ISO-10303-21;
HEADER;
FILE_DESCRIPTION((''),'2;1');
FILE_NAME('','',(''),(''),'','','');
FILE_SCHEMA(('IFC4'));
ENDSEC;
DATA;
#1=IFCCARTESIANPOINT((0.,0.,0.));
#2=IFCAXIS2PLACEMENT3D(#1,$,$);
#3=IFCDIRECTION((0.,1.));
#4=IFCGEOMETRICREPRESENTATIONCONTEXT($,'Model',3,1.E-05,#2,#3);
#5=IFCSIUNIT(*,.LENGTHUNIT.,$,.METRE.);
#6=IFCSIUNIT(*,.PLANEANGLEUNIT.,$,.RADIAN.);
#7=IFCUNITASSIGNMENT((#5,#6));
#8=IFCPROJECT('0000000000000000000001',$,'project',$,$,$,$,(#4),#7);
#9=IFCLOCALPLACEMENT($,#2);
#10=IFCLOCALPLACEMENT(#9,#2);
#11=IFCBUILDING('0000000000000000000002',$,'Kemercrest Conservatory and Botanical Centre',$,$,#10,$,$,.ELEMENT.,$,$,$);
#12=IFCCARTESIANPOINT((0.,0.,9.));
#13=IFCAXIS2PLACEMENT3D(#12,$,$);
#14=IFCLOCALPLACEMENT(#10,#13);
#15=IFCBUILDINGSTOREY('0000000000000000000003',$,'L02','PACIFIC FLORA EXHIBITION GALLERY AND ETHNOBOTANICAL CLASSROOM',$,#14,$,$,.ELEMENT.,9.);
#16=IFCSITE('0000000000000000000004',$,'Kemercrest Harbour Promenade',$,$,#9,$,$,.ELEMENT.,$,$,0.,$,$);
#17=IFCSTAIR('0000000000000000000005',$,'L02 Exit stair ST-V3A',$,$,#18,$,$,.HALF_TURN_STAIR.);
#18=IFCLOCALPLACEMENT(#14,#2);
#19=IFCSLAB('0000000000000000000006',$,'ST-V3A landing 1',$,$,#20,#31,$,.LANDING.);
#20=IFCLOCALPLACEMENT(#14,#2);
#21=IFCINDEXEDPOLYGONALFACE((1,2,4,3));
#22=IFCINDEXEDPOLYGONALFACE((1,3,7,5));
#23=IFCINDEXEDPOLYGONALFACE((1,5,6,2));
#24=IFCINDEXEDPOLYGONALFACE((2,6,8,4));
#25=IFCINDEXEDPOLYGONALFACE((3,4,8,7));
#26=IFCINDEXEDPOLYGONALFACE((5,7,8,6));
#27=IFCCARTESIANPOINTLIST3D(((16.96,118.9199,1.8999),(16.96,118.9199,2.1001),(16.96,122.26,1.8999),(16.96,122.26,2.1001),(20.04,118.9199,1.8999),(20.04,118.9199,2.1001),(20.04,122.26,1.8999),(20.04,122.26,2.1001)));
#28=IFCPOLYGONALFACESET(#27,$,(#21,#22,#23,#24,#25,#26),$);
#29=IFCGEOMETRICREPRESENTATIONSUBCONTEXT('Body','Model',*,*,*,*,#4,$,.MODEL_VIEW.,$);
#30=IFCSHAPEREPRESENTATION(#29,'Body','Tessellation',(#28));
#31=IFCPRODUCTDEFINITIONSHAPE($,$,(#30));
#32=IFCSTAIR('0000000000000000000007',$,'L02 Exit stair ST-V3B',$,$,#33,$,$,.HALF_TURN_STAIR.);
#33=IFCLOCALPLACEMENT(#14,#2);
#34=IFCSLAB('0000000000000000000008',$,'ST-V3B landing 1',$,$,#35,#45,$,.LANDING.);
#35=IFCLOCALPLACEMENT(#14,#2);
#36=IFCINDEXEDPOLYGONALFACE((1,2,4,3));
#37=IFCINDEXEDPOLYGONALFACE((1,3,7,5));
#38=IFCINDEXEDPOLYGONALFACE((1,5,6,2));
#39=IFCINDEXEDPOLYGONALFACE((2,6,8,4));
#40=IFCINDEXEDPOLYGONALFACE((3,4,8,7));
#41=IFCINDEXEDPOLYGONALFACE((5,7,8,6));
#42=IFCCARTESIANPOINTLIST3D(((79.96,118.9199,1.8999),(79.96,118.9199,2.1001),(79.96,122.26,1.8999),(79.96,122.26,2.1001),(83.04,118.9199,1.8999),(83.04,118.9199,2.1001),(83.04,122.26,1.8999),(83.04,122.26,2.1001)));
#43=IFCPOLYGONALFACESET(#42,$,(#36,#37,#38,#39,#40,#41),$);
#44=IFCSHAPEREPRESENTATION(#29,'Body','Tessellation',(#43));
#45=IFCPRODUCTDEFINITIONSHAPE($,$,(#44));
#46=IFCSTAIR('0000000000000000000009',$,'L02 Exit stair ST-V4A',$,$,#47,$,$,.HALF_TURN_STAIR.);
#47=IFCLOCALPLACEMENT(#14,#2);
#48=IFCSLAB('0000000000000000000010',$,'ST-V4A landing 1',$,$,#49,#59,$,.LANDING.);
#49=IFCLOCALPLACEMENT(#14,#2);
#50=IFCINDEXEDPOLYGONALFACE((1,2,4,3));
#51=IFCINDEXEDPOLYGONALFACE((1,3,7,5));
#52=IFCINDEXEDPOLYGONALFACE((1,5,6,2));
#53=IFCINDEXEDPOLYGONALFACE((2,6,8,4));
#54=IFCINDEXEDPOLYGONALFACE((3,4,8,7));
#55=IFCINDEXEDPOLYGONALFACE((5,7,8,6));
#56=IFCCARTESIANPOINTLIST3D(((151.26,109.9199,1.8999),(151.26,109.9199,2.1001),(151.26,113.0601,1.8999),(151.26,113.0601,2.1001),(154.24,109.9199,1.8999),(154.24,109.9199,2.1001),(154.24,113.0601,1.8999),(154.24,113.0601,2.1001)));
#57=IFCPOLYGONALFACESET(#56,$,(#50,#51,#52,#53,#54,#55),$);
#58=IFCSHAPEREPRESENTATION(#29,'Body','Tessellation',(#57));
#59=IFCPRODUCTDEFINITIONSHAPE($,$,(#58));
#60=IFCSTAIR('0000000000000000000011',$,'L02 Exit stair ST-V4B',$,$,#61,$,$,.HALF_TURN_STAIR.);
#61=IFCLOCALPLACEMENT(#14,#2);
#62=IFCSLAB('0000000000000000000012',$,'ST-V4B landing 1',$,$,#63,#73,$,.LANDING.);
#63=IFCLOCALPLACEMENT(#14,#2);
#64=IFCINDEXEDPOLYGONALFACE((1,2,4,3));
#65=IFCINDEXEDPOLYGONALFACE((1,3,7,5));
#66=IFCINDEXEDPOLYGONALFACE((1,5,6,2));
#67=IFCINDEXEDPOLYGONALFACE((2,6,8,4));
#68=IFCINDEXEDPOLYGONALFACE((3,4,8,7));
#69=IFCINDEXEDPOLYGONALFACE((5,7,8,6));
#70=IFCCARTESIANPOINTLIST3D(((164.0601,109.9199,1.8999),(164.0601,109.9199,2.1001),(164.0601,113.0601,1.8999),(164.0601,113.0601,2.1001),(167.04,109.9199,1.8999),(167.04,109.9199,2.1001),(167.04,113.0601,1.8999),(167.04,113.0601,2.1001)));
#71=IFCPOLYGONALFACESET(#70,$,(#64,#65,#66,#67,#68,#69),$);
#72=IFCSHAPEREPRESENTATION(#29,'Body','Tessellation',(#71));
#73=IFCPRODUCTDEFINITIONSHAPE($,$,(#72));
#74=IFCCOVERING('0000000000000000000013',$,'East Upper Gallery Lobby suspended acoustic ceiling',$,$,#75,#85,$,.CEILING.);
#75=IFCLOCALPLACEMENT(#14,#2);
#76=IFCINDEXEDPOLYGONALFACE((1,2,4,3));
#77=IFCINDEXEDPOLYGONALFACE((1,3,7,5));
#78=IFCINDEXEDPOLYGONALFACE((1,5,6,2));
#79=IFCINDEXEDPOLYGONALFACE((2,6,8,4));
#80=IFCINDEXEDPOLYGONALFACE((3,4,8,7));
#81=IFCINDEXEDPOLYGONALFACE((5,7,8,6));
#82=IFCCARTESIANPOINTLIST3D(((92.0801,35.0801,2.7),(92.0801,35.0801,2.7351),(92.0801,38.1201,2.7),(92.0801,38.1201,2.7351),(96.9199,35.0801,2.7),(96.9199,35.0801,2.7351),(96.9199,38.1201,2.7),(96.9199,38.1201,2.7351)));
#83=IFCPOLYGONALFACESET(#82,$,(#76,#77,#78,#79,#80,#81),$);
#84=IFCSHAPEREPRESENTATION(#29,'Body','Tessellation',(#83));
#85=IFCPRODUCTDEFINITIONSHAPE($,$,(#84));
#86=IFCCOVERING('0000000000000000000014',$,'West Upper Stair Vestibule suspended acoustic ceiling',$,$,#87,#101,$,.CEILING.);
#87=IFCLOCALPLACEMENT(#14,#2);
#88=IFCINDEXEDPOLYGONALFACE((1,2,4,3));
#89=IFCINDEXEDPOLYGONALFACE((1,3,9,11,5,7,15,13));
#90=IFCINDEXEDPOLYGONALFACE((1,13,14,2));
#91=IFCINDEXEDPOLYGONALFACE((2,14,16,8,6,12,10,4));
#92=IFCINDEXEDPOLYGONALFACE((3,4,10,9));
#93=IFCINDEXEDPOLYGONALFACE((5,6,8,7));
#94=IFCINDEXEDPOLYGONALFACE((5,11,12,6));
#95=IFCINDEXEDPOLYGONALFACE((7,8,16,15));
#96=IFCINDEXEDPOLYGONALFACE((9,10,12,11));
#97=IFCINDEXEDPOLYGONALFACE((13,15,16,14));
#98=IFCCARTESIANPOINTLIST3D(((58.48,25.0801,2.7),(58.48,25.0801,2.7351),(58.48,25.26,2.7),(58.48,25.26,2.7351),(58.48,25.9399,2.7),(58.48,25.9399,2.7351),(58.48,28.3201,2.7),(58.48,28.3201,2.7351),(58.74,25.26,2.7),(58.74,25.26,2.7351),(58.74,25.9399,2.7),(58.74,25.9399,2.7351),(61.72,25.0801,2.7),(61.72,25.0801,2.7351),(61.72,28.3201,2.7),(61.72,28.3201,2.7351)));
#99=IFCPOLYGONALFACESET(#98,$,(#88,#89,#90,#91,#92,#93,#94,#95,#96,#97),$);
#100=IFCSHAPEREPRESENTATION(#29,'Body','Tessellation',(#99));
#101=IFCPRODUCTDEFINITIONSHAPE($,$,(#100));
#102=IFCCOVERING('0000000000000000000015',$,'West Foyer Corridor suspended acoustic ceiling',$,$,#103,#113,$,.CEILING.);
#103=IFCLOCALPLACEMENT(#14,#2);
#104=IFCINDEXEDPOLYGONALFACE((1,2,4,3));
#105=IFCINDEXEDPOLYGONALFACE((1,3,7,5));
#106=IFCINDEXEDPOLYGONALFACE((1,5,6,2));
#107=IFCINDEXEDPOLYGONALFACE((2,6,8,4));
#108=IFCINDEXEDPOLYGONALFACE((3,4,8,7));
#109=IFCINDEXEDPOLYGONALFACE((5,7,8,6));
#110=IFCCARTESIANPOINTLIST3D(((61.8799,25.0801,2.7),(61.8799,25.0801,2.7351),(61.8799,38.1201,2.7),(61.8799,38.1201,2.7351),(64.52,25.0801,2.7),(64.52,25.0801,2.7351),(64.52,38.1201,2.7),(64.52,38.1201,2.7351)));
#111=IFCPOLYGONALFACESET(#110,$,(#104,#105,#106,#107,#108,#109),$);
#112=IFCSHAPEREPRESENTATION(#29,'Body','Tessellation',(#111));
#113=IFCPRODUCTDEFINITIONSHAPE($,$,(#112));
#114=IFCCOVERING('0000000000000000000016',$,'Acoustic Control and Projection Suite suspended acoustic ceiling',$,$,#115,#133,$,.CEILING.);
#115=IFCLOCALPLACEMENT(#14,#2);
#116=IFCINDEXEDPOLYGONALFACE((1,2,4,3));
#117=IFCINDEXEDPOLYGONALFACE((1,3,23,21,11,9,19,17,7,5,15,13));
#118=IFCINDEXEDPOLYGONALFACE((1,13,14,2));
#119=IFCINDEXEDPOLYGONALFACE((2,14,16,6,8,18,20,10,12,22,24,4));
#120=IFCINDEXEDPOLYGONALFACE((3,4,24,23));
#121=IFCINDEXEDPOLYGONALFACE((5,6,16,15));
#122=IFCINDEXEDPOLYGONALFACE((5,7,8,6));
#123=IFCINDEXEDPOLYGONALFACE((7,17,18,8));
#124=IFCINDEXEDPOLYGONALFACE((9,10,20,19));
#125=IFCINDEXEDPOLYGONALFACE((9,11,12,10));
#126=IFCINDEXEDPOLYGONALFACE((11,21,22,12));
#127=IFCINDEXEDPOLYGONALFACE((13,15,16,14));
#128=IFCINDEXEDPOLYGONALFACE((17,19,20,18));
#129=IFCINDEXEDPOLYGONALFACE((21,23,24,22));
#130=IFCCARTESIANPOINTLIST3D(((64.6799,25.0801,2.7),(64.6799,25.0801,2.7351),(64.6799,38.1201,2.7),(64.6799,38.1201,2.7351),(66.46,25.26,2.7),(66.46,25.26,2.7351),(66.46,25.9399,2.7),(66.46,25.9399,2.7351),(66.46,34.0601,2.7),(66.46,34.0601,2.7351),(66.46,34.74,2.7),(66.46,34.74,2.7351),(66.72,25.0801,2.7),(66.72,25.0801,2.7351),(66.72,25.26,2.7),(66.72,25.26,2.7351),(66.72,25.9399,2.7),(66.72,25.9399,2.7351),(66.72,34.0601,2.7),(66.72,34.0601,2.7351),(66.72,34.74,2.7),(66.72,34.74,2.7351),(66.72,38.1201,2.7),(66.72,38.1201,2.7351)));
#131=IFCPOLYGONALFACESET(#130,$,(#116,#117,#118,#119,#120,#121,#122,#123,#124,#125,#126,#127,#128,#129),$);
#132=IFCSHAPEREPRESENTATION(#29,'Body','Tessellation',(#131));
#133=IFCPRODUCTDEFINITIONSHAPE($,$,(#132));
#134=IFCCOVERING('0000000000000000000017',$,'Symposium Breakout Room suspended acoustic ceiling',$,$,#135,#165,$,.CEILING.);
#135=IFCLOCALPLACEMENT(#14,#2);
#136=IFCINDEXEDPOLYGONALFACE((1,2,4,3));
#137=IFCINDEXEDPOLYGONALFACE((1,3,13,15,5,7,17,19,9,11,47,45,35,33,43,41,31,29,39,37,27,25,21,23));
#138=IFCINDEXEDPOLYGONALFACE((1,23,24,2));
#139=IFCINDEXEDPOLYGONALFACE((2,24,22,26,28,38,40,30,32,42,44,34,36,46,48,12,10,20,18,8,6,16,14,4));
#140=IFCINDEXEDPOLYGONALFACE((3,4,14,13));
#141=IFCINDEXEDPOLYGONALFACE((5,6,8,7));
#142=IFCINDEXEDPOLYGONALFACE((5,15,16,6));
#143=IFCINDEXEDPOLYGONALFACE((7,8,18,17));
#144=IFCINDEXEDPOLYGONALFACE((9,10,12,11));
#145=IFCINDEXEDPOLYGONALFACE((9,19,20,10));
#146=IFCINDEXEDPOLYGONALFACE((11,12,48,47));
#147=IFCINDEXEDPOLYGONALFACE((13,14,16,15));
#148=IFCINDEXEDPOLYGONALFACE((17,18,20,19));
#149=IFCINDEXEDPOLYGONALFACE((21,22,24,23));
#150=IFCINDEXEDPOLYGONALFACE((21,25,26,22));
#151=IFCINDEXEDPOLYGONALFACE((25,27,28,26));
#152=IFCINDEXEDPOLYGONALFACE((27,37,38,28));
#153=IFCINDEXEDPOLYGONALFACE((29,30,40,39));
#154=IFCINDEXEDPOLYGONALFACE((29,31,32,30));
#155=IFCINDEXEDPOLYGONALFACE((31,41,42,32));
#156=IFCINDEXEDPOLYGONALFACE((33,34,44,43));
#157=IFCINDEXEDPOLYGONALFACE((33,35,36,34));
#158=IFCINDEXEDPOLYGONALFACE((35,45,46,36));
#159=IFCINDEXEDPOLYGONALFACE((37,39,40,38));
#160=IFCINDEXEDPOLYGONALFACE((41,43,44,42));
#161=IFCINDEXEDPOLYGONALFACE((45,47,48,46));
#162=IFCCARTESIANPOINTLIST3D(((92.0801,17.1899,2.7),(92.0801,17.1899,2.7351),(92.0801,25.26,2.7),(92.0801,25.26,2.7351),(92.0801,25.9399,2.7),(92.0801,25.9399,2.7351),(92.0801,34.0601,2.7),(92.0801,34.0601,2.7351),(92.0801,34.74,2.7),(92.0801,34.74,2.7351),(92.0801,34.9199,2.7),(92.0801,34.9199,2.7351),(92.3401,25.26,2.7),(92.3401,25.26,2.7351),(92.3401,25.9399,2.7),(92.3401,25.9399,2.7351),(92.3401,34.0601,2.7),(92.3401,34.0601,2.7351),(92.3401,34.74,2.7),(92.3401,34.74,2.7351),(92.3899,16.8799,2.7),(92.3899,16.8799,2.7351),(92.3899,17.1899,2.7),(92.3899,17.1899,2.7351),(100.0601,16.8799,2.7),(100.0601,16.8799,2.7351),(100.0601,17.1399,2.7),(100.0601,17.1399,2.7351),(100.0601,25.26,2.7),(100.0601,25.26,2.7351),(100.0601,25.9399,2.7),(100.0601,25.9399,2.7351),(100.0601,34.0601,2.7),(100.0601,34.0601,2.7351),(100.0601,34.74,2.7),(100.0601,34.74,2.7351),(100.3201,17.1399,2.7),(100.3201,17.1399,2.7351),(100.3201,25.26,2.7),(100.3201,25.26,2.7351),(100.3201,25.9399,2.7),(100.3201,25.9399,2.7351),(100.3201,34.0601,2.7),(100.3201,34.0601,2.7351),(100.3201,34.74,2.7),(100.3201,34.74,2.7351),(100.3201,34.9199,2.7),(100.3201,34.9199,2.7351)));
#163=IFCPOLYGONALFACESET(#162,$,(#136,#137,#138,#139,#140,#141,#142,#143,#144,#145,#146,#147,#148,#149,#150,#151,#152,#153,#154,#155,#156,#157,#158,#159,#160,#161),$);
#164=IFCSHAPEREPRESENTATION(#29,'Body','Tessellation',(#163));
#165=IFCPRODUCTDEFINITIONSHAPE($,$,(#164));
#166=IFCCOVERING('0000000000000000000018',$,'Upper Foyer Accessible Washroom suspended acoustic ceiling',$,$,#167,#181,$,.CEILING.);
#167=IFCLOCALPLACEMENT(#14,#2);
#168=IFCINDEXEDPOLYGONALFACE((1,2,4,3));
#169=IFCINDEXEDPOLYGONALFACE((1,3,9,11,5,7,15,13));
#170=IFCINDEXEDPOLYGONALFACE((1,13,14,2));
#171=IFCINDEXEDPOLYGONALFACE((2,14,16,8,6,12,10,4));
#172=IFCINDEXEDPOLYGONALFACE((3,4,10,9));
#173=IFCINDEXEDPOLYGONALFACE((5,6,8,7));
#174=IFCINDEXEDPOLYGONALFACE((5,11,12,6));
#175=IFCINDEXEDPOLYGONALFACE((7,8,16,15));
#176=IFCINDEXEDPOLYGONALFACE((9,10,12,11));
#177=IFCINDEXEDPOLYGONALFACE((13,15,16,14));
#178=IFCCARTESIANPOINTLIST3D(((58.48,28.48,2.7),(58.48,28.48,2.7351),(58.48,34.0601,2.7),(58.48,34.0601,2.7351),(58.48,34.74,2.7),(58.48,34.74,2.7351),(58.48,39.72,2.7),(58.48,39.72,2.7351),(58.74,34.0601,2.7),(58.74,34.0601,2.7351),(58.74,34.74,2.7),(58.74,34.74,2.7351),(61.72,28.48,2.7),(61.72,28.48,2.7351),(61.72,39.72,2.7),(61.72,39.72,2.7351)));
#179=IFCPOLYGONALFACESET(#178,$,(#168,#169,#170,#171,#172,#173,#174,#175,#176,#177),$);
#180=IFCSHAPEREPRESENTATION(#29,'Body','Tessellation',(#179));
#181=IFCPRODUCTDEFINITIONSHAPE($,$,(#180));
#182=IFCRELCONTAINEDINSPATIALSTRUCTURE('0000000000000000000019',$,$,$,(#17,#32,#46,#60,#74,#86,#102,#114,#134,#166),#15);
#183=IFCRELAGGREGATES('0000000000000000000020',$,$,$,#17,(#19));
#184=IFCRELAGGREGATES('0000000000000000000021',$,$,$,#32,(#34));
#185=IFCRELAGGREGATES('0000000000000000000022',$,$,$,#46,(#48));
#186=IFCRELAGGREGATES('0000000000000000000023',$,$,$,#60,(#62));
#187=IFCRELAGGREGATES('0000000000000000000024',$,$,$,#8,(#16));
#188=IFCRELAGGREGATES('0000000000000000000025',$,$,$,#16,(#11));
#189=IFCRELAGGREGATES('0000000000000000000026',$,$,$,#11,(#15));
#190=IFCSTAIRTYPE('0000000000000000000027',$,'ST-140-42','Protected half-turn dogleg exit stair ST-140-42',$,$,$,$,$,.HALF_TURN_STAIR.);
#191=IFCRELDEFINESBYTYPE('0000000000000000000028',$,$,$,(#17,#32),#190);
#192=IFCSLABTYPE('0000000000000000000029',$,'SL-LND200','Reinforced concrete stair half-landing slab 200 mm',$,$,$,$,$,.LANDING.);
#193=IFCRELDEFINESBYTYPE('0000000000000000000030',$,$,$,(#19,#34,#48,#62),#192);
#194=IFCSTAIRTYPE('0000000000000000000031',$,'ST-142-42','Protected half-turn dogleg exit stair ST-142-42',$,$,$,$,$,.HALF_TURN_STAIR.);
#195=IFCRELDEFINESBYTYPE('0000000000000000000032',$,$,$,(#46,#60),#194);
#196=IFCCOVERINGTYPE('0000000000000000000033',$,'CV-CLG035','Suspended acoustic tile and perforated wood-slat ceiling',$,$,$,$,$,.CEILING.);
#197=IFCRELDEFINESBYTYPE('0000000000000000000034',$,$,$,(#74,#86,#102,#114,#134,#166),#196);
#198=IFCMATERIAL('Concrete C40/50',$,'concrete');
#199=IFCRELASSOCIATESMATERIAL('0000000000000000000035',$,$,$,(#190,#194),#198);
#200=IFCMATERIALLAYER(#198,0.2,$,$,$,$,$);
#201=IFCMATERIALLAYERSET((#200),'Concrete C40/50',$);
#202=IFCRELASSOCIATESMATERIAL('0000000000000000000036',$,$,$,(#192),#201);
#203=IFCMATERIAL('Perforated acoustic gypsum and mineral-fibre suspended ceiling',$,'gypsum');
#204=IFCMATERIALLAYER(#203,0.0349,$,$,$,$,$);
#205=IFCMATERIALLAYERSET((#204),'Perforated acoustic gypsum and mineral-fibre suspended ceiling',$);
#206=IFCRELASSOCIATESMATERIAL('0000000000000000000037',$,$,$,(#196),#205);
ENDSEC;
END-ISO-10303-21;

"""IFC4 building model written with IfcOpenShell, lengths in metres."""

from ifc_helpers import new_model, si_unit, direction, frame, origin, place, context, subcontext, project, spatial, polyline, outline, extrude, material, layer, layer_set, type_object, element, aggregate, save


model = new_model("IFC4")

# Units and contexts
model_context = context("Model", 3, precision=1e-05, world=origin(), true_north=direction((0.0, 1.0)))
body_context = subcontext(model_context, "Body", "Model", "MODEL_VIEW")
ifc_project = project(units=[si_unit("LENGTHUNIT", "METRE"), si_unit("PLANEANGLEUNIT", "RADIAN")], contexts=[model_context])

# Site, building, storey
site_placement = place(None, origin())
site = spatial("IfcSite", under=ifc_project, at=site_placement, Name="Kemercrest Harbour Promenade", CompositionType="ELEMENT", RefElevation=0.0)
building_placement = place(site_placement, origin())
building = spatial("IfcBuilding", under=site, at=building_placement, Name="Kemercrest Conservatory and Botanical Centre", CompositionType="ELEMENT")
storey_placement = place(building_placement, frame((0.0, 0.0, 9.0)))
storey = spatial("IfcBuildingStorey", under=building, at=storey_placement, Name="L02", Description="PACIFIC FLORA EXHIBITION GALLERY AND ETHNOBOTANICAL CLASSROOM", CompositionType="ELEMENT", Elevation=9.0)

# Stairs, slabs
ifc_material_1 = material(Name="Concrete C40/50", Category="concrete")
stair_type_1 = type_object("IfcStairType", Name="ST-140-42", Description="Protected half-turn dogleg exit stair ST-140-42", PredefinedType="HALF_TURN_STAIR", material=ifc_material_1)
stair_1_placement = place(storey_placement, origin())
stair_1 = element("IfcStair", 1, at=stair_1_placement, inside=storey, type_object=stair_type_1, Name="L02 Exit stair ST-V3A", PredefinedType="HALF_TURN_STAIR")
ifc_layer_1 = layer(ifc_material_1, 0.2)
ifc_layer_set_1 = layer_set([ifc_layer_1], Name="Concrete C40/50")
slab_type = type_object("IfcSlabType", Name="SL-LND200", Description="Reinforced concrete stair half-landing slab 200 mm", PredefinedType="LANDING", material=ifc_layer_set_1)
slab_1_placement = place(storey_placement, frame((0.0, 0.0, 1.8999)))
slab_1 = element("IfcSlab", 2, at=slab_1_placement, type_object=slab_type, Name="ST-V3A landing 1", PredefinedType="LANDING", context=body_context, shape_type="SweptSolid", body=[
    extrude(outline(polyline([(20.04, 118.9199), (20.04, 122.26), (16.96, 122.26), (16.96, 118.9199), (20.04, 118.9199)])), origin(), (0.0, 0.0, 1.0), 0.2002),
])
aggregate(stair_1, [slab_1])
stair_2_placement = place(storey_placement, origin())
stair_2 = element("IfcStair", 3, at=stair_2_placement, inside=storey, type_object=stair_type_1, Name="L02 Exit stair ST-V3B", PredefinedType="HALF_TURN_STAIR")
slab_2_placement = place(storey_placement, frame((0.0, 0.0, 1.8999)))
slab_2 = element("IfcSlab", 4, at=slab_2_placement, type_object=slab_type, Name="ST-V3B landing 1", PredefinedType="LANDING", context=body_context, shape_type="SweptSolid", body=[
    extrude(outline(polyline([(83.04, 118.9199), (83.04, 122.26), (79.96, 122.26), (79.96, 118.9199), (83.04, 118.9199)])), origin(), (0.0, 0.0, 1.0), 0.2002),
])
aggregate(stair_2, [slab_2])
stair_type_2 = type_object("IfcStairType", Name="ST-142-42", Description="Protected half-turn dogleg exit stair ST-142-42", PredefinedType="HALF_TURN_STAIR", material=ifc_material_1)
stair_3_placement = place(storey_placement, origin())
stair_3 = element("IfcStair", 5, at=stair_3_placement, inside=storey, type_object=stair_type_2, Name="L02 Exit stair ST-V4A", PredefinedType="HALF_TURN_STAIR")
slab_3_placement = place(storey_placement, frame((0.0, 0.0, 1.8999)))
slab_3 = element("IfcSlab", 6, at=slab_3_placement, type_object=slab_type, Name="ST-V4A landing 1", PredefinedType="LANDING", context=body_context, shape_type="SweptSolid", body=[
    extrude(outline(polyline([(154.24, 109.9199), (154.24, 113.0601), (151.26, 113.0601), (151.26, 109.9199), (154.24, 109.9199)])), origin(), (0.0, 0.0, 1.0), 0.2002),
])
aggregate(stair_3, [slab_3])
stair_4_placement = place(storey_placement, origin())
stair_4 = element("IfcStair", 7, at=stair_4_placement, inside=storey, type_object=stair_type_2, Name="L02 Exit stair ST-V4B", PredefinedType="HALF_TURN_STAIR")
slab_4_placement = place(storey_placement, frame((0.0, 0.0, 1.8999)))
slab_4 = element("IfcSlab", 8, at=slab_4_placement, type_object=slab_type, Name="ST-V4B landing 1", PredefinedType="LANDING", context=body_context, shape_type="SweptSolid", body=[
    extrude(outline(polyline([(167.04, 109.9199), (167.04, 113.0601), (164.0601, 113.0601), (164.0601, 109.9199), (167.04, 109.9199)])), origin(), (0.0, 0.0, 1.0), 0.2002),
])
aggregate(stair_4, [slab_4])

# Coverings
ifc_material_2 = material(Name="Perforated acoustic gypsum and mineral-fibre suspended ceiling", Category="gypsum")
ifc_layer_2 = layer(ifc_material_2, 0.0349)
ifc_layer_set_2 = layer_set([ifc_layer_2], Name="Perforated acoustic gypsum and mineral-fibre suspended ceiling")
covering_type_1 = type_object("IfcCoveringType", Name="CV-CLG035", Description="Suspended acoustic tile and perforated wood-slat ceiling", PredefinedType="CEILING", material=ifc_layer_set_2)
covering_1_placement = place(storey_placement, frame((0.0, 0.0, 2.7)))
element("IfcCovering", 9, at=covering_1_placement, inside=storey, type_object=covering_type_1, Name="East Upper Gallery Lobby suspended acoustic ceiling", PredefinedType="CEILING", context=body_context, shape_type="SweptSolid", body=[
    extrude(outline(polyline([(92.0801, 35.0801), (96.9199, 35.0801), (96.9199, 38.1201), (92.0801, 38.1201), (92.0801, 35.0801)])), origin(), (0.0, 0.0, 1.0), 0.0352),
])
covering_2_placement = place(storey_placement, frame((0.0, 0.0, 2.7)))
element("IfcCovering", 10, at=covering_2_placement, inside=storey, type_object=covering_type_1, Name="West Upper Stair Vestibule suspended acoustic ceiling", PredefinedType="CEILING", context=body_context, shape_type="SweptSolid", body=[
    extrude(outline(polyline([(58.48, 25.0801), (61.72, 25.0801), (61.72, 28.3201), (58.48, 28.3201), (58.48, 25.9399), (58.74, 25.9399), (58.74, 25.26), (58.48, 25.26), (58.48, 25.0801)])), origin(), (0.0, 0.0, 1.0), 0.0352),
])
covering_3_placement = place(storey_placement, frame((0.0, 0.0, 2.7)))
element("IfcCovering", 11, at=covering_3_placement, inside=storey, type_object=covering_type_1, Name="West Foyer Corridor suspended acoustic ceiling", PredefinedType="CEILING", context=body_context, shape_type="SweptSolid", body=[
    extrude(outline(polyline([(61.8799, 25.0801), (64.52, 25.0801), (64.52, 38.1201), (61.8799, 38.1201), (61.8799, 25.0801)])), origin(), (0.0, 0.0, 1.0), 0.0352),
])
covering_4_placement = place(storey_placement, frame((0.0, 0.0, 2.7)))
element("IfcCovering", 12, at=covering_4_placement, inside=storey, type_object=covering_type_1, Name="Acoustic Control and Projection Suite suspended acoustic ceiling", PredefinedType="CEILING", context=body_context, shape_type="SweptSolid", body=[
    extrude(outline(polyline([(64.6799, 25.0801), (66.72, 25.0801), (66.72, 25.26), (66.46, 25.26), (66.46, 25.9399), (66.72, 25.9399), (66.72, 34.0601), (66.46, 34.0601), (66.46, 34.74), (66.72, 34.74), (66.72, 38.1201), (64.6799, 38.1201), (64.6799, 25.0801)])), origin(), (0.0, 0.0, 1.0), 0.0352),
])
covering_5_placement = place(storey_placement, frame((0.0, 0.0, 2.7)))
element("IfcCovering", 13, at=covering_5_placement, inside=storey, type_object=covering_type_1, Name="Symposium Breakout Room suspended acoustic ceiling", PredefinedType="CEILING", context=body_context, shape_type="SweptSolid", body=[
    extrude(outline(polyline([(92.3899, 16.8799), (100.0601, 16.8799), (100.0601, 17.1399), (100.3201, 17.1399), (100.3201, 25.26), (100.0601, 25.26), (100.0601, 25.9399), (100.3201, 25.9399), (100.3201, 34.0601), (100.0601, 34.0601), (100.0601, 34.74), (100.3201, 34.74), (100.3201, 34.9199), (92.0801, 34.9199), (92.0801, 34.74), (92.3401, 34.74), (92.3401, 34.0601), (92.0801, 34.0601), (92.0801, 25.9399), (92.3401, 25.9399), (92.3401, 25.26), (92.0801, 25.26), (92.0801, 17.1899), (92.3899, 17.1899), (92.3899, 16.8799)])), origin(), (0.0, 0.0, 1.0), 0.0352),
])
covering_6_placement = place(storey_placement, frame((0.0, 0.0, 2.7)))
element("IfcCovering", 14, at=covering_6_placement, inside=storey, type_object=covering_type_1, Name="Upper Foyer Accessible Washroom suspended acoustic ceiling", PredefinedType="CEILING", context=body_context, shape_type="SweptSolid", body=[
    extrude(outline(polyline([(58.48, 28.48), (61.72, 28.48), (61.72, 39.72), (58.48, 39.72), (58.48, 34.74), (58.74, 34.74), (58.74, 34.0601), (58.48, 34.0601), (58.48, 28.48)])), origin(), (0.0, 0.0, 1.0), 0.0352),
])

save(model, "model.ifc")
